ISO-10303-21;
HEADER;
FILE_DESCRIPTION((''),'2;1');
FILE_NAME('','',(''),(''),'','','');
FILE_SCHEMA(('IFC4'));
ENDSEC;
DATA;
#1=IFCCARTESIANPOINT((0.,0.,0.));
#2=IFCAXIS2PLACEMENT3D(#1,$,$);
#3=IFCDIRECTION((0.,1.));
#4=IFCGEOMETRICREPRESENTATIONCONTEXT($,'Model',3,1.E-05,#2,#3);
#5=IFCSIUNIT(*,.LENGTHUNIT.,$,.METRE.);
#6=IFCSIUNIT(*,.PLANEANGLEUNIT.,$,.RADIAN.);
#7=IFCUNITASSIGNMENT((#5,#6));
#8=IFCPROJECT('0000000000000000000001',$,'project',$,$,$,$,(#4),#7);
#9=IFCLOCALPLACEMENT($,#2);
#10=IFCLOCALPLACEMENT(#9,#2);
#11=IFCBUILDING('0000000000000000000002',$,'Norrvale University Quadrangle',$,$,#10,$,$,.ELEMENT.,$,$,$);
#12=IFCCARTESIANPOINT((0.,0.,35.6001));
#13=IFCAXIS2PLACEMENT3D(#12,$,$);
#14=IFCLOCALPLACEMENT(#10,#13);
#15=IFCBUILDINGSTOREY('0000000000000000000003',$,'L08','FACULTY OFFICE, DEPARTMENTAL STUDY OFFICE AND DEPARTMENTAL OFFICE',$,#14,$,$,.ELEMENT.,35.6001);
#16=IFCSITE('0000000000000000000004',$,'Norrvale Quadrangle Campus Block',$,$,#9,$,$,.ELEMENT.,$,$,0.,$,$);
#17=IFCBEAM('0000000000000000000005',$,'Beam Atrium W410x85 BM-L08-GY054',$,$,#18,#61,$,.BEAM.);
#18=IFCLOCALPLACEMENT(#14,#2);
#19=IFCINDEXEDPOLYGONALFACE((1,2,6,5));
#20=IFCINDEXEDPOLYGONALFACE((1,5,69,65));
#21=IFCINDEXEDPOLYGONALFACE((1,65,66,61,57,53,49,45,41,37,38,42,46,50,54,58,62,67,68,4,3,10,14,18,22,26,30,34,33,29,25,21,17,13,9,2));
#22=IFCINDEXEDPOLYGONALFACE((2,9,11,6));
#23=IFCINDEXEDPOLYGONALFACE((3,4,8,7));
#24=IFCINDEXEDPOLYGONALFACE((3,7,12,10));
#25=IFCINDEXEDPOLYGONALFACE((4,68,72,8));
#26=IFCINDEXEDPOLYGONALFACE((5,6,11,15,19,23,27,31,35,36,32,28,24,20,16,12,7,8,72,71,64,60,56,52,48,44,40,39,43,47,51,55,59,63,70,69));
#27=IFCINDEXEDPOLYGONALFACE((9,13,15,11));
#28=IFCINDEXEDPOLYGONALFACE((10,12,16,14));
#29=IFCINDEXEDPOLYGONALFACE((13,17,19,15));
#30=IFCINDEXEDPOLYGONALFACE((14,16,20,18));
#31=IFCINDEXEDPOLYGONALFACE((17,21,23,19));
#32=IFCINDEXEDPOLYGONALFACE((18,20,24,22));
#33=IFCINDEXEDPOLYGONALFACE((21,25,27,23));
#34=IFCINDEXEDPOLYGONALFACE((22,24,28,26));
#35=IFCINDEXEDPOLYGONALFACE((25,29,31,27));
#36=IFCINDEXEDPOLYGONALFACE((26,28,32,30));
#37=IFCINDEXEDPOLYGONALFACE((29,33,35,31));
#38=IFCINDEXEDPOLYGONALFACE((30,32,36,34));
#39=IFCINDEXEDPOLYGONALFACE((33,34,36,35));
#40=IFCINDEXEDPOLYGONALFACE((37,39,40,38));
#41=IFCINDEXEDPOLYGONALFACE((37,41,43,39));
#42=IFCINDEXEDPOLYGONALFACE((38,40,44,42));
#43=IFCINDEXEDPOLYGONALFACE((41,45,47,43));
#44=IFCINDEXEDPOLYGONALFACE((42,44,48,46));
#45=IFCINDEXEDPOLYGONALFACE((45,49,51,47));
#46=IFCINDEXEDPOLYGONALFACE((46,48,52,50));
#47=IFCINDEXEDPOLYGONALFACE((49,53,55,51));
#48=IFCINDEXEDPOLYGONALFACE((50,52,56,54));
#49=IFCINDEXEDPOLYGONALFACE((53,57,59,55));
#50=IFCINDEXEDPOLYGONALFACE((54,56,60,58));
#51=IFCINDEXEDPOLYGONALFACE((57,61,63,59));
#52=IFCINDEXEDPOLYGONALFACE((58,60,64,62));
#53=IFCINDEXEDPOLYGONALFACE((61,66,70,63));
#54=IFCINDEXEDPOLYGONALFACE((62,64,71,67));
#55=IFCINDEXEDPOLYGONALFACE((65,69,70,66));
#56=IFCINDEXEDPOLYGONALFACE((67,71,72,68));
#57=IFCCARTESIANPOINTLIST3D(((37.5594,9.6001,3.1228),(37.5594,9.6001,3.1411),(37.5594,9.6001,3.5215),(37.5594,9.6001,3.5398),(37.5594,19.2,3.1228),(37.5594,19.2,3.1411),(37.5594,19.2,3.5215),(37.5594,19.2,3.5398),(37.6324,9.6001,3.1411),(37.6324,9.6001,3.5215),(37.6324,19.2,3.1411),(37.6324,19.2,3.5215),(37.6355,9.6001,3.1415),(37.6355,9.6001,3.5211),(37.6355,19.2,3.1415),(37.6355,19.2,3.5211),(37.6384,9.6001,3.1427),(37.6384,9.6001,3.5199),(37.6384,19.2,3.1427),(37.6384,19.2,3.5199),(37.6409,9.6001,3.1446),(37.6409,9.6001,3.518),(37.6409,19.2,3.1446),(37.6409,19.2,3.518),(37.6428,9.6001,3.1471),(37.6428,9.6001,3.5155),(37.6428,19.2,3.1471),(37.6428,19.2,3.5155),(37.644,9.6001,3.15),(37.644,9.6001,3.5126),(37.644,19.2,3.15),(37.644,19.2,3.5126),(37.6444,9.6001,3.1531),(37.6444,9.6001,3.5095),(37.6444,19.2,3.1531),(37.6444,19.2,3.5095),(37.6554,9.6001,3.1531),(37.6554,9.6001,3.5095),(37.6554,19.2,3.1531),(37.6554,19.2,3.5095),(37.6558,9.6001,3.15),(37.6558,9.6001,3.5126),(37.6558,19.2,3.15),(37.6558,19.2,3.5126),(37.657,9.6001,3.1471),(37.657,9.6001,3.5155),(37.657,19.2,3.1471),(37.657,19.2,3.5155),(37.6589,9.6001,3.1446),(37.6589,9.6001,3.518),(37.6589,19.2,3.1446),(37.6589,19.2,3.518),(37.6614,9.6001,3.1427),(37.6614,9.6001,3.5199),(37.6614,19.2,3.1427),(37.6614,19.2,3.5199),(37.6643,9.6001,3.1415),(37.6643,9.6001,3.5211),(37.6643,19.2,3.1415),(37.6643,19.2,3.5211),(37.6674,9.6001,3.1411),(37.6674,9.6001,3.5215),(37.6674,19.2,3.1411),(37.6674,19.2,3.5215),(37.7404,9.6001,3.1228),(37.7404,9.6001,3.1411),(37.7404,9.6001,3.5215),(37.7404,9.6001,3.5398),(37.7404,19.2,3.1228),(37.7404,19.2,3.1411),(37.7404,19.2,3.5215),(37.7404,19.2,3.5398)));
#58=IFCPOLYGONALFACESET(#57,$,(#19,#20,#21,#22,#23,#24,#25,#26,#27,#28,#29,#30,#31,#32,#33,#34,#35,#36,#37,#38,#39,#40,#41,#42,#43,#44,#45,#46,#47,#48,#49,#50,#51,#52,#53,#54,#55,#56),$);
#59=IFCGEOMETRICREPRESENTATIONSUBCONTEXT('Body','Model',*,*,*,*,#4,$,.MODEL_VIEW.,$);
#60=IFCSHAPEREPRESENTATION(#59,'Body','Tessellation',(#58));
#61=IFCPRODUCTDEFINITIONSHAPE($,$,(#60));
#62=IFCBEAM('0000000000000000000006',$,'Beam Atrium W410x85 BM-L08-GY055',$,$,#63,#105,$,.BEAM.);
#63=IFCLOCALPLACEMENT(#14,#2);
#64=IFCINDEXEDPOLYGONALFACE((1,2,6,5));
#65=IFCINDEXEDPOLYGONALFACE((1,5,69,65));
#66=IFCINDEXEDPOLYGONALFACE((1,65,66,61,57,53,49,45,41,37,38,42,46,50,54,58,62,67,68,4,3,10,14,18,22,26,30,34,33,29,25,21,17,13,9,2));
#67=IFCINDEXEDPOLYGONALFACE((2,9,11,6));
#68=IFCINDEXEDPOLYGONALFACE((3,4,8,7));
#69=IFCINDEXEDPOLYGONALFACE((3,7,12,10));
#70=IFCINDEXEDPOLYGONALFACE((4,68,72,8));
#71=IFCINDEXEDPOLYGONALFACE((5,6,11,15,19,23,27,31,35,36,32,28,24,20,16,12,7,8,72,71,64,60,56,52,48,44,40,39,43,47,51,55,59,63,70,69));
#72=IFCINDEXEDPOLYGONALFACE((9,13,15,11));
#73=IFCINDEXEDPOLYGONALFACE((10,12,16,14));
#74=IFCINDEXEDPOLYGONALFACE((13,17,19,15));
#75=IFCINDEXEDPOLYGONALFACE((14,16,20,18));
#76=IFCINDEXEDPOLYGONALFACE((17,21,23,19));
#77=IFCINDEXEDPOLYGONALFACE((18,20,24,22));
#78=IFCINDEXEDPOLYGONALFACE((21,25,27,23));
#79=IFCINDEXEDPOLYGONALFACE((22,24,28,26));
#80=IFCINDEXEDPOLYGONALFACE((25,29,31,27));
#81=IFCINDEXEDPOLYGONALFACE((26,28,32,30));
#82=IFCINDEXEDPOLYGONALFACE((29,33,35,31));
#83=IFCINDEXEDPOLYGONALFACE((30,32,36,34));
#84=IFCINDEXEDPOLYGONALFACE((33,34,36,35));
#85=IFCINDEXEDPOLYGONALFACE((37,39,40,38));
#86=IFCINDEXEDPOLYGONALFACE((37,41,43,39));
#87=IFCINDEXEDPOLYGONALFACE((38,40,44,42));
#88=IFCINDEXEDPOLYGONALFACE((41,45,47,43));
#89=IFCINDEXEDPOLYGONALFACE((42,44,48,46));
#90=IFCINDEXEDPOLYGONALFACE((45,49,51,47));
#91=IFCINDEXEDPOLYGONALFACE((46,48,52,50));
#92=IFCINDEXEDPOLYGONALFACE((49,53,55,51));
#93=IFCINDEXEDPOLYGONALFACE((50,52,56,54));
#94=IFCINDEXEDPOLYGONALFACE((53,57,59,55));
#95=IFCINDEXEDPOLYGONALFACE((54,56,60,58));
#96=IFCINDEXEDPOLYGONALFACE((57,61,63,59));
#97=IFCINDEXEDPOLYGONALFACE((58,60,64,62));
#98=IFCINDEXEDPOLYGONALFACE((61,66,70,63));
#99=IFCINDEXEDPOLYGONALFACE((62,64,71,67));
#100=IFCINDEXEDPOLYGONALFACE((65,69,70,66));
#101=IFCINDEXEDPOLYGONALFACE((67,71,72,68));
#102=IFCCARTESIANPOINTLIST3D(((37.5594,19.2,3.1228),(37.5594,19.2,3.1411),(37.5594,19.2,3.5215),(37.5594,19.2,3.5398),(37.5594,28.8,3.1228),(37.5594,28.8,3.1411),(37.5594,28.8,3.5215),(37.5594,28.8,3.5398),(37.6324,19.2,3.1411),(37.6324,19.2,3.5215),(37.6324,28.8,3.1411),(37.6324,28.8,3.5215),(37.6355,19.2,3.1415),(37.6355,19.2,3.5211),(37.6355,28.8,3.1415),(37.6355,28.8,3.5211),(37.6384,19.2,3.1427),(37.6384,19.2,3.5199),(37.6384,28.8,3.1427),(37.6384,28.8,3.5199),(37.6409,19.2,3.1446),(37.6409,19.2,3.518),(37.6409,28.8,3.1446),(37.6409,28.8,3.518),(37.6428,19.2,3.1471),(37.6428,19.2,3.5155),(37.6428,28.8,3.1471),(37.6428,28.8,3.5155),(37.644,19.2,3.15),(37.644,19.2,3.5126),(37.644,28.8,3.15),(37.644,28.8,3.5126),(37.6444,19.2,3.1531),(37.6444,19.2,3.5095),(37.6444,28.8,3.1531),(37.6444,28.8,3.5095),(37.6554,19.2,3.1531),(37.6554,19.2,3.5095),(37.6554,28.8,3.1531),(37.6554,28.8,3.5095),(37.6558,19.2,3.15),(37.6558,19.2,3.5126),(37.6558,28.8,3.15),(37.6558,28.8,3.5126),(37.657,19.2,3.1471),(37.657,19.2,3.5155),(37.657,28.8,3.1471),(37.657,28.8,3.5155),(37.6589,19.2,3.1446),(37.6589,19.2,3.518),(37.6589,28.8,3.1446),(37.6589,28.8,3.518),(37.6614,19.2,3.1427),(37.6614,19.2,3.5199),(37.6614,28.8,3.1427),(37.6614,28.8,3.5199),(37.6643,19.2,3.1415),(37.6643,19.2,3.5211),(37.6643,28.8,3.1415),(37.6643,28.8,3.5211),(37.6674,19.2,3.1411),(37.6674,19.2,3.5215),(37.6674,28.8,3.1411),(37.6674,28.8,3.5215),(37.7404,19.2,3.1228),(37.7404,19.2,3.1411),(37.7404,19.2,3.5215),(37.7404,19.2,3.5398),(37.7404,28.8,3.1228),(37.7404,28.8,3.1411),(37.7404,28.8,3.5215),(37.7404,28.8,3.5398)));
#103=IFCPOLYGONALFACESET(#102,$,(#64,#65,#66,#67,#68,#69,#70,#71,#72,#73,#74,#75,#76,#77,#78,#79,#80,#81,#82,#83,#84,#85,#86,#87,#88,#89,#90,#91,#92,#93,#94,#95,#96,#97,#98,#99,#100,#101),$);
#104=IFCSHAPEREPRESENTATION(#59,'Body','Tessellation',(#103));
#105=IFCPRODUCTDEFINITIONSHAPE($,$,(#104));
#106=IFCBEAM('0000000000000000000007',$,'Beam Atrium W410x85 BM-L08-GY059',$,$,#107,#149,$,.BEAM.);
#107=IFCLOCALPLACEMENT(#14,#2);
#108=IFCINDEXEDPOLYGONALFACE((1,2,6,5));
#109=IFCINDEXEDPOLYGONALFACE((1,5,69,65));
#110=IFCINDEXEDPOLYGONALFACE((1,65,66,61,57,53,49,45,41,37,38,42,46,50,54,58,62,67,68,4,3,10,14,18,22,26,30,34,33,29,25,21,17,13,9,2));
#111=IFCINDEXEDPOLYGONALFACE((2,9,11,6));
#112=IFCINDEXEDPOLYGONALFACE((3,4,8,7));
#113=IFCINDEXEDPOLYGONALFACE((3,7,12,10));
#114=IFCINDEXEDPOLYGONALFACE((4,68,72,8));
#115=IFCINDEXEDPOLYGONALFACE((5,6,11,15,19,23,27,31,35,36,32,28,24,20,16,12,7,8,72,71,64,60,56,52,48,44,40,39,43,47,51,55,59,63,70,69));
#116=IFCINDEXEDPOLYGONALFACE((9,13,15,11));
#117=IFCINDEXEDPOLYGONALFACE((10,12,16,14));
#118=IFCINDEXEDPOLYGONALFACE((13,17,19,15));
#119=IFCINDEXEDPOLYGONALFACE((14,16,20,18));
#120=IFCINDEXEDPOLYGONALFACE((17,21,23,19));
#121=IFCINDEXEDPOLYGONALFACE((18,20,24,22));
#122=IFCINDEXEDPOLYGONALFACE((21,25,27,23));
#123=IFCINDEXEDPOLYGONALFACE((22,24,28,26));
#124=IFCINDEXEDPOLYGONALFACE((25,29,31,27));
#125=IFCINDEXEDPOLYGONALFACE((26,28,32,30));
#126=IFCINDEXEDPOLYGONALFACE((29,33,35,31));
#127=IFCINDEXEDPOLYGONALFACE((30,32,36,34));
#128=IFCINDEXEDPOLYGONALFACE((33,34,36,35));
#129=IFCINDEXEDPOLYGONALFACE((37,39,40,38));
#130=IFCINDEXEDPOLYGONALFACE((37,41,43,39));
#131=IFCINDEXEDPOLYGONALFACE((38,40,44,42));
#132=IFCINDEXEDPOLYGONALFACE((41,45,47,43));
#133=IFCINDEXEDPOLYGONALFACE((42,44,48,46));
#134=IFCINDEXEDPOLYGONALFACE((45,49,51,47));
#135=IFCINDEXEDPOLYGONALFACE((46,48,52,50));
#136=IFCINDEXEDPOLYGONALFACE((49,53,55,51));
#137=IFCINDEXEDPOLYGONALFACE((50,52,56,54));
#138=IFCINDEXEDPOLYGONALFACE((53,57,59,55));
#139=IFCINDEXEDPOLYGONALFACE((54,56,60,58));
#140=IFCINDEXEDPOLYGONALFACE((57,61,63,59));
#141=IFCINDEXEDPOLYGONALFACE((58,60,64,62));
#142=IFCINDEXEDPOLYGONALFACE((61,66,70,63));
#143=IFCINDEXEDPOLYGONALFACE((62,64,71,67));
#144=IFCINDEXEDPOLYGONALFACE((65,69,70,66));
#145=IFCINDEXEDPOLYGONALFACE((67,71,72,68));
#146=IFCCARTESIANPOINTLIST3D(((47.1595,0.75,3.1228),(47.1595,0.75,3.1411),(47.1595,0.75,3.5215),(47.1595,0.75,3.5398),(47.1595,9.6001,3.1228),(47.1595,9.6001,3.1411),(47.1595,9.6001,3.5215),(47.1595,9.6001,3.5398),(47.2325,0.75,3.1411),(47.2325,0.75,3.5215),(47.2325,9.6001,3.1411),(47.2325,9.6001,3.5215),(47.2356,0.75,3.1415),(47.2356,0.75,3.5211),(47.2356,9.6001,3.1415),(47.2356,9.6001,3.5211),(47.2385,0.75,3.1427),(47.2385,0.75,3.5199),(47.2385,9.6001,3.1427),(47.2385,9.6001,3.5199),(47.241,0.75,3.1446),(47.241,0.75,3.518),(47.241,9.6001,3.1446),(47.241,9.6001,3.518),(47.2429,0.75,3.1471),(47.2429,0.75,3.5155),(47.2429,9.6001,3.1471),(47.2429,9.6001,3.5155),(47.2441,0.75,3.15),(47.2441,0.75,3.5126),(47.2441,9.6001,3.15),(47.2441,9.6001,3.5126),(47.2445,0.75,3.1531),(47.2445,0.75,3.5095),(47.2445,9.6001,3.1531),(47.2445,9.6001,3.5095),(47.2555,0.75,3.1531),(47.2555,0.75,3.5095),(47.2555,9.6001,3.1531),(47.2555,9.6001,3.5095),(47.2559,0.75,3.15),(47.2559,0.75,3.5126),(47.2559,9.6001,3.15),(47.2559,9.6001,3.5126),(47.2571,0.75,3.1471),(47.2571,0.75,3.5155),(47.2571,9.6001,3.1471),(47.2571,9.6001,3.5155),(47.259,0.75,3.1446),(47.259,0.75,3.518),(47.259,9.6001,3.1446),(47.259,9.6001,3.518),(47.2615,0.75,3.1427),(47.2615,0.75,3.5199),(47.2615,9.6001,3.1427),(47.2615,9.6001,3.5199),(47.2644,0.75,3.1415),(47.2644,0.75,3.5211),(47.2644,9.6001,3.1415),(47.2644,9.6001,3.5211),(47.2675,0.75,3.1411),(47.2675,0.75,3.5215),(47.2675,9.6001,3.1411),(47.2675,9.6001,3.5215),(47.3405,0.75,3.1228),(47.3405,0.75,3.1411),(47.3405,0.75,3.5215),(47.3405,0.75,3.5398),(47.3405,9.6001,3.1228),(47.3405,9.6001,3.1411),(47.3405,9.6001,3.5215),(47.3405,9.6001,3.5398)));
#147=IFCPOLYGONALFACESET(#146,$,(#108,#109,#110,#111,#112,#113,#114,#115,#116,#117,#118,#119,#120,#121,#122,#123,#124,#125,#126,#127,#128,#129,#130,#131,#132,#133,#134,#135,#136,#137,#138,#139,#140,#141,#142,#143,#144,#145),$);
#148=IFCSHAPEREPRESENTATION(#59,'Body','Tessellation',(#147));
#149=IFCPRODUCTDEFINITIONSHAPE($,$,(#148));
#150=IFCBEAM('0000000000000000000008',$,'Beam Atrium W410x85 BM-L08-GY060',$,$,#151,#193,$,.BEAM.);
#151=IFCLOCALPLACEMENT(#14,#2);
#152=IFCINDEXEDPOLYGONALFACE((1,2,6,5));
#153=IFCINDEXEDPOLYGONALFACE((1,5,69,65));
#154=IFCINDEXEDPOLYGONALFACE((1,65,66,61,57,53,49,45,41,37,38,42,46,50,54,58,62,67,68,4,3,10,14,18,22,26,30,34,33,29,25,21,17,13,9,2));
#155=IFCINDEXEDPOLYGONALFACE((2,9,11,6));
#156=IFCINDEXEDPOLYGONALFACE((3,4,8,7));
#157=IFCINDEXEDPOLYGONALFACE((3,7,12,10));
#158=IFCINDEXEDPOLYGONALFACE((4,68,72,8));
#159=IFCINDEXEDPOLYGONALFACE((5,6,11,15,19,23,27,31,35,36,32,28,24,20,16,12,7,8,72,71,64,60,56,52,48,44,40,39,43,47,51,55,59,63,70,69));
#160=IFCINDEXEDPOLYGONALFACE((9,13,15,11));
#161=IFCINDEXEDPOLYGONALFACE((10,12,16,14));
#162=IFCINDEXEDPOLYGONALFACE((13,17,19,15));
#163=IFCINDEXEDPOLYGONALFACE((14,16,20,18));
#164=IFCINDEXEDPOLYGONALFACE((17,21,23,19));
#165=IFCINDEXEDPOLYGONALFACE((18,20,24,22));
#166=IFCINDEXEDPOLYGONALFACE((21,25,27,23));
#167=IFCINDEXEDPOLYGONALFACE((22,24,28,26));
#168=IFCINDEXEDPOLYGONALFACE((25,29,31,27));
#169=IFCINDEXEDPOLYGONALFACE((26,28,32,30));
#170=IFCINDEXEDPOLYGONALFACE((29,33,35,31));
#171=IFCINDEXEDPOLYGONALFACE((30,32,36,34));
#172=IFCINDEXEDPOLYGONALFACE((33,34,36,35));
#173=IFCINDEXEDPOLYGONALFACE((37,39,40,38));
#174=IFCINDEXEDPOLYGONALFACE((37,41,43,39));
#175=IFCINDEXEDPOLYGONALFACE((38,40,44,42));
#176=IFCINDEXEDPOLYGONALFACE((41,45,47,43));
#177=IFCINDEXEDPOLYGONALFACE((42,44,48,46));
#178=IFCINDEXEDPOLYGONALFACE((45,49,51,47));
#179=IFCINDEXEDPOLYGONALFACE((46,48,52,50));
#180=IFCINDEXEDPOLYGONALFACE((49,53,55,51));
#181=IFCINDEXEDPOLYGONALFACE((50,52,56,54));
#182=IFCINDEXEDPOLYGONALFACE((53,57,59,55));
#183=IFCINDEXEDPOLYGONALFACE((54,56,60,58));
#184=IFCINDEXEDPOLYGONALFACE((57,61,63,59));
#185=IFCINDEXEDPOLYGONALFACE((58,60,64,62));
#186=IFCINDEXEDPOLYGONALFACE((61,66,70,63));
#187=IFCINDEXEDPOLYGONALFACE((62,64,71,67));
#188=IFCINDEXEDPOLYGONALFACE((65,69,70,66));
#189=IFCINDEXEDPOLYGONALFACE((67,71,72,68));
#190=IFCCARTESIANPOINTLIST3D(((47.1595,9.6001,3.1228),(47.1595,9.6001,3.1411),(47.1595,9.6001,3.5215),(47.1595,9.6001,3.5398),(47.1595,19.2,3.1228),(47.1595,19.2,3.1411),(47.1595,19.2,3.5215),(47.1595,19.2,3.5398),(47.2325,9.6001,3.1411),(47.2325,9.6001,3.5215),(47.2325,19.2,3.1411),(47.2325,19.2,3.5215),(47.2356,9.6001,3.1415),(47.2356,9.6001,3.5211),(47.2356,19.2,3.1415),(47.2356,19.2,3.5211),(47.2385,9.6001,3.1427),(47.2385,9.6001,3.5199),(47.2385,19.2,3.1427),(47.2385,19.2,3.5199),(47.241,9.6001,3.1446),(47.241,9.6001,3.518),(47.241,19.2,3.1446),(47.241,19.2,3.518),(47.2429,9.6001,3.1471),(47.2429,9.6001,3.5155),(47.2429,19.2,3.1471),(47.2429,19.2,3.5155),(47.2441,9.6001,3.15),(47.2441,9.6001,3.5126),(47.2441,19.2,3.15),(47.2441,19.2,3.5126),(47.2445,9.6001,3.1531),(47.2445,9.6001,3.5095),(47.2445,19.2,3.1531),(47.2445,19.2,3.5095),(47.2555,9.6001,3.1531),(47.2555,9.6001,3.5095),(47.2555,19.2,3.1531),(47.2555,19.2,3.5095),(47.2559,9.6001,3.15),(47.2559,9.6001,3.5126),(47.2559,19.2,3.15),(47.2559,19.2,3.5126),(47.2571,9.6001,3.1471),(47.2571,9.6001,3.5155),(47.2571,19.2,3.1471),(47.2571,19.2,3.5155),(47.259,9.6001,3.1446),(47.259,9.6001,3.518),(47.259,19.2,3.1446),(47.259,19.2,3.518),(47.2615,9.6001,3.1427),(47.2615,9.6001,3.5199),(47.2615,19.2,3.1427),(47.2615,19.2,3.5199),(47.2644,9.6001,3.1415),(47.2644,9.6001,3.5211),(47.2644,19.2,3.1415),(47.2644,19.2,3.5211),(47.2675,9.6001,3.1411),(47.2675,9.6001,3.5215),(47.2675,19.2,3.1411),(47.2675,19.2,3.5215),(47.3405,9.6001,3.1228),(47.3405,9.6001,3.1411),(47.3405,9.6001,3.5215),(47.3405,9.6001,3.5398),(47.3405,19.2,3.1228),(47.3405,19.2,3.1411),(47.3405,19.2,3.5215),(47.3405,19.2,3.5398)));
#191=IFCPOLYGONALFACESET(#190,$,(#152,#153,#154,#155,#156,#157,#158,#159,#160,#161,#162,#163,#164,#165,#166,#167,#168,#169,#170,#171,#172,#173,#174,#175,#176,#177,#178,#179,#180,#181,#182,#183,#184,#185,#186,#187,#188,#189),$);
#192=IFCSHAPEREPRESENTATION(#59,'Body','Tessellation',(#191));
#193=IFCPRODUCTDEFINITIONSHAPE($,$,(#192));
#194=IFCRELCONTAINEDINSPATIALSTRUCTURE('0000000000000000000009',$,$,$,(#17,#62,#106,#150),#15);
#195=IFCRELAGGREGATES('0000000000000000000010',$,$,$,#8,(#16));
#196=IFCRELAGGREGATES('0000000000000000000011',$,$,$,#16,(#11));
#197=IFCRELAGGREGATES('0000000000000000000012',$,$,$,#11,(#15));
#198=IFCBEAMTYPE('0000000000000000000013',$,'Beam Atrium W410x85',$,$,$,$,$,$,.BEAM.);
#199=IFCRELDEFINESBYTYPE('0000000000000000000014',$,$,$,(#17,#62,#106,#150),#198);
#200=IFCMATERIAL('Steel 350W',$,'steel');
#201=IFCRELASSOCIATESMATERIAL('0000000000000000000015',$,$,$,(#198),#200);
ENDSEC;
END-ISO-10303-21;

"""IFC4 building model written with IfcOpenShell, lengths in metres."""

from ifc_helpers import new_model, si_unit, direction, frame, origin, origin_2d, place, context, subcontext, project, spatial, i_section, extrude, material, material_profile, profile_set, type_object, element, save


model = new_model("IFC4")

# Units and contexts
model_context = context("Model", 3, precision=1e-05, world=origin(), true_north=direction((0.0, 1.0)))
body_context = subcontext(model_context, "Body", "Model", "MODEL_VIEW")
ifc_project = project(units=[si_unit("LENGTHUNIT", "METRE"), si_unit("PLANEANGLEUNIT", "RADIAN")], contexts=[model_context])

# Site, building, storey
site_placement = place(None, origin())
site = spatial("IfcSite", under=ifc_project, at=site_placement, Name="Norrvale Quadrangle Campus Block", CompositionType="ELEMENT", RefElevation=0.0)
building_placement = place(site_placement, origin())
building = spatial("IfcBuilding", under=site, at=building_placement, Name="Norrvale University Quadrangle", CompositionType="ELEMENT")
storey_placement = place(building_placement, frame((0.0, 0.0, 35.6001)))
storey = spatial("IfcBuildingStorey", under=building, at=storey_placement, Name="L08", Description="FACULTY OFFICE, DEPARTMENTAL STUDY OFFICE AND DEPARTMENTAL OFFICE", CompositionType="ELEMENT", Elevation=35.6001)

# Beams
ifc_material_1 = material(Name="Steel 350W", Category="steel")
ifc_material_profile_1 = material_profile(ifc_material_1, i_section(OverallWidth=0.1809, OverallDepth=0.417, WebThickness=0.011, FlangeThickness=0.0183, FilletRadius=0.012, at=origin_2d()), Name="Steel 350W")
ifc_profile_set_1 = profile_set([ifc_material_profile_1], Name="Steel 350W")
beam_type_1 = type_object("IfcBeamType", Name="Beam Atrium W410x85", PredefinedType="BEAM", material=ifc_profile_set_1)
beam_1_placement = place(storey_placement, frame((37.6499, 9.6001, 3.3313), z_axis=(0.0, 1.0, 0.0), x_axis=(-1.0, 0.0, 0.0)))
element("IfcBeam", 1, at=beam_1_placement, inside=storey, type_object=beam_type_1, Name="Beam Atrium W410x85 BM-L08-GY054", PredefinedType="BEAM", context=body_context, shape_type="SweptSolid", body=[
    extrude(i_section(OverallWidth=0.1809, OverallDepth=0.417, WebThickness=0.011, FlangeThickness=0.0183, FilletRadius=0.012, at=origin_2d()), origin(), (0.0, 0.0, 1.0), 9.5999),
])
beam_2_placement = place(storey_placement, frame((37.6499, 19.2, 3.3313), z_axis=(0.0, 1.0, 0.0), x_axis=(-1.0, 0.0, 0.0)))
element("IfcBeam", 2, at=beam_2_placement, inside=storey, type_object=beam_type_1, Name="Beam Atrium W410x85 BM-L08-GY055", PredefinedType="BEAM", context=body_context, shape_type="SweptSolid", body=[
    extrude(i_section(OverallWidth=0.1809, OverallDepth=0.417, WebThickness=0.011, FlangeThickness=0.0183, FilletRadius=0.012, at=origin_2d()), origin(), (0.0, 0.0, 1.0), 9.6001),
])
beam_3_placement = place(storey_placement, frame((47.25, 0.75, 3.3313), z_axis=(0.0, 1.0, 0.0), x_axis=(-1.0, 0.0, 0.0)))
element("IfcBeam", 3, at=beam_3_placement, inside=storey, type_object=beam_type_1, Name="Beam Atrium W410x85 BM-L08-GY059", PredefinedType="BEAM", context=body_context, shape_type="SweptSolid", body=[
    extrude(i_section(OverallWidth=0.1809, OverallDepth=0.417, WebThickness=0.011, FlangeThickness=0.0183, FilletRadius=0.012, at=origin_2d()), origin(), (0.0, 0.0, 1.0), 8.8501),
])
beam_4_placement = place(storey_placement, frame((47.25, 9.6001, 3.3313), z_axis=(0.0, 1.0, 0.0), x_axis=(-1.0, 0.0, 0.0)))
element("IfcBeam", 4, at=beam_4_placement, inside=storey, type_object=beam_type_1, Name="Beam Atrium W410x85 BM-L08-GY060", PredefinedType="BEAM", context=body_context, shape_type="SweptSolid", body=[
    extrude(i_section(OverallWidth=0.1809, OverallDepth=0.417, WebThickness=0.011, FlangeThickness=0.0183, FilletRadius=0.012, at=origin_2d()), origin(), (0.0, 0.0, 1.0), 9.5999),
])

save(model, "model.ifc")
